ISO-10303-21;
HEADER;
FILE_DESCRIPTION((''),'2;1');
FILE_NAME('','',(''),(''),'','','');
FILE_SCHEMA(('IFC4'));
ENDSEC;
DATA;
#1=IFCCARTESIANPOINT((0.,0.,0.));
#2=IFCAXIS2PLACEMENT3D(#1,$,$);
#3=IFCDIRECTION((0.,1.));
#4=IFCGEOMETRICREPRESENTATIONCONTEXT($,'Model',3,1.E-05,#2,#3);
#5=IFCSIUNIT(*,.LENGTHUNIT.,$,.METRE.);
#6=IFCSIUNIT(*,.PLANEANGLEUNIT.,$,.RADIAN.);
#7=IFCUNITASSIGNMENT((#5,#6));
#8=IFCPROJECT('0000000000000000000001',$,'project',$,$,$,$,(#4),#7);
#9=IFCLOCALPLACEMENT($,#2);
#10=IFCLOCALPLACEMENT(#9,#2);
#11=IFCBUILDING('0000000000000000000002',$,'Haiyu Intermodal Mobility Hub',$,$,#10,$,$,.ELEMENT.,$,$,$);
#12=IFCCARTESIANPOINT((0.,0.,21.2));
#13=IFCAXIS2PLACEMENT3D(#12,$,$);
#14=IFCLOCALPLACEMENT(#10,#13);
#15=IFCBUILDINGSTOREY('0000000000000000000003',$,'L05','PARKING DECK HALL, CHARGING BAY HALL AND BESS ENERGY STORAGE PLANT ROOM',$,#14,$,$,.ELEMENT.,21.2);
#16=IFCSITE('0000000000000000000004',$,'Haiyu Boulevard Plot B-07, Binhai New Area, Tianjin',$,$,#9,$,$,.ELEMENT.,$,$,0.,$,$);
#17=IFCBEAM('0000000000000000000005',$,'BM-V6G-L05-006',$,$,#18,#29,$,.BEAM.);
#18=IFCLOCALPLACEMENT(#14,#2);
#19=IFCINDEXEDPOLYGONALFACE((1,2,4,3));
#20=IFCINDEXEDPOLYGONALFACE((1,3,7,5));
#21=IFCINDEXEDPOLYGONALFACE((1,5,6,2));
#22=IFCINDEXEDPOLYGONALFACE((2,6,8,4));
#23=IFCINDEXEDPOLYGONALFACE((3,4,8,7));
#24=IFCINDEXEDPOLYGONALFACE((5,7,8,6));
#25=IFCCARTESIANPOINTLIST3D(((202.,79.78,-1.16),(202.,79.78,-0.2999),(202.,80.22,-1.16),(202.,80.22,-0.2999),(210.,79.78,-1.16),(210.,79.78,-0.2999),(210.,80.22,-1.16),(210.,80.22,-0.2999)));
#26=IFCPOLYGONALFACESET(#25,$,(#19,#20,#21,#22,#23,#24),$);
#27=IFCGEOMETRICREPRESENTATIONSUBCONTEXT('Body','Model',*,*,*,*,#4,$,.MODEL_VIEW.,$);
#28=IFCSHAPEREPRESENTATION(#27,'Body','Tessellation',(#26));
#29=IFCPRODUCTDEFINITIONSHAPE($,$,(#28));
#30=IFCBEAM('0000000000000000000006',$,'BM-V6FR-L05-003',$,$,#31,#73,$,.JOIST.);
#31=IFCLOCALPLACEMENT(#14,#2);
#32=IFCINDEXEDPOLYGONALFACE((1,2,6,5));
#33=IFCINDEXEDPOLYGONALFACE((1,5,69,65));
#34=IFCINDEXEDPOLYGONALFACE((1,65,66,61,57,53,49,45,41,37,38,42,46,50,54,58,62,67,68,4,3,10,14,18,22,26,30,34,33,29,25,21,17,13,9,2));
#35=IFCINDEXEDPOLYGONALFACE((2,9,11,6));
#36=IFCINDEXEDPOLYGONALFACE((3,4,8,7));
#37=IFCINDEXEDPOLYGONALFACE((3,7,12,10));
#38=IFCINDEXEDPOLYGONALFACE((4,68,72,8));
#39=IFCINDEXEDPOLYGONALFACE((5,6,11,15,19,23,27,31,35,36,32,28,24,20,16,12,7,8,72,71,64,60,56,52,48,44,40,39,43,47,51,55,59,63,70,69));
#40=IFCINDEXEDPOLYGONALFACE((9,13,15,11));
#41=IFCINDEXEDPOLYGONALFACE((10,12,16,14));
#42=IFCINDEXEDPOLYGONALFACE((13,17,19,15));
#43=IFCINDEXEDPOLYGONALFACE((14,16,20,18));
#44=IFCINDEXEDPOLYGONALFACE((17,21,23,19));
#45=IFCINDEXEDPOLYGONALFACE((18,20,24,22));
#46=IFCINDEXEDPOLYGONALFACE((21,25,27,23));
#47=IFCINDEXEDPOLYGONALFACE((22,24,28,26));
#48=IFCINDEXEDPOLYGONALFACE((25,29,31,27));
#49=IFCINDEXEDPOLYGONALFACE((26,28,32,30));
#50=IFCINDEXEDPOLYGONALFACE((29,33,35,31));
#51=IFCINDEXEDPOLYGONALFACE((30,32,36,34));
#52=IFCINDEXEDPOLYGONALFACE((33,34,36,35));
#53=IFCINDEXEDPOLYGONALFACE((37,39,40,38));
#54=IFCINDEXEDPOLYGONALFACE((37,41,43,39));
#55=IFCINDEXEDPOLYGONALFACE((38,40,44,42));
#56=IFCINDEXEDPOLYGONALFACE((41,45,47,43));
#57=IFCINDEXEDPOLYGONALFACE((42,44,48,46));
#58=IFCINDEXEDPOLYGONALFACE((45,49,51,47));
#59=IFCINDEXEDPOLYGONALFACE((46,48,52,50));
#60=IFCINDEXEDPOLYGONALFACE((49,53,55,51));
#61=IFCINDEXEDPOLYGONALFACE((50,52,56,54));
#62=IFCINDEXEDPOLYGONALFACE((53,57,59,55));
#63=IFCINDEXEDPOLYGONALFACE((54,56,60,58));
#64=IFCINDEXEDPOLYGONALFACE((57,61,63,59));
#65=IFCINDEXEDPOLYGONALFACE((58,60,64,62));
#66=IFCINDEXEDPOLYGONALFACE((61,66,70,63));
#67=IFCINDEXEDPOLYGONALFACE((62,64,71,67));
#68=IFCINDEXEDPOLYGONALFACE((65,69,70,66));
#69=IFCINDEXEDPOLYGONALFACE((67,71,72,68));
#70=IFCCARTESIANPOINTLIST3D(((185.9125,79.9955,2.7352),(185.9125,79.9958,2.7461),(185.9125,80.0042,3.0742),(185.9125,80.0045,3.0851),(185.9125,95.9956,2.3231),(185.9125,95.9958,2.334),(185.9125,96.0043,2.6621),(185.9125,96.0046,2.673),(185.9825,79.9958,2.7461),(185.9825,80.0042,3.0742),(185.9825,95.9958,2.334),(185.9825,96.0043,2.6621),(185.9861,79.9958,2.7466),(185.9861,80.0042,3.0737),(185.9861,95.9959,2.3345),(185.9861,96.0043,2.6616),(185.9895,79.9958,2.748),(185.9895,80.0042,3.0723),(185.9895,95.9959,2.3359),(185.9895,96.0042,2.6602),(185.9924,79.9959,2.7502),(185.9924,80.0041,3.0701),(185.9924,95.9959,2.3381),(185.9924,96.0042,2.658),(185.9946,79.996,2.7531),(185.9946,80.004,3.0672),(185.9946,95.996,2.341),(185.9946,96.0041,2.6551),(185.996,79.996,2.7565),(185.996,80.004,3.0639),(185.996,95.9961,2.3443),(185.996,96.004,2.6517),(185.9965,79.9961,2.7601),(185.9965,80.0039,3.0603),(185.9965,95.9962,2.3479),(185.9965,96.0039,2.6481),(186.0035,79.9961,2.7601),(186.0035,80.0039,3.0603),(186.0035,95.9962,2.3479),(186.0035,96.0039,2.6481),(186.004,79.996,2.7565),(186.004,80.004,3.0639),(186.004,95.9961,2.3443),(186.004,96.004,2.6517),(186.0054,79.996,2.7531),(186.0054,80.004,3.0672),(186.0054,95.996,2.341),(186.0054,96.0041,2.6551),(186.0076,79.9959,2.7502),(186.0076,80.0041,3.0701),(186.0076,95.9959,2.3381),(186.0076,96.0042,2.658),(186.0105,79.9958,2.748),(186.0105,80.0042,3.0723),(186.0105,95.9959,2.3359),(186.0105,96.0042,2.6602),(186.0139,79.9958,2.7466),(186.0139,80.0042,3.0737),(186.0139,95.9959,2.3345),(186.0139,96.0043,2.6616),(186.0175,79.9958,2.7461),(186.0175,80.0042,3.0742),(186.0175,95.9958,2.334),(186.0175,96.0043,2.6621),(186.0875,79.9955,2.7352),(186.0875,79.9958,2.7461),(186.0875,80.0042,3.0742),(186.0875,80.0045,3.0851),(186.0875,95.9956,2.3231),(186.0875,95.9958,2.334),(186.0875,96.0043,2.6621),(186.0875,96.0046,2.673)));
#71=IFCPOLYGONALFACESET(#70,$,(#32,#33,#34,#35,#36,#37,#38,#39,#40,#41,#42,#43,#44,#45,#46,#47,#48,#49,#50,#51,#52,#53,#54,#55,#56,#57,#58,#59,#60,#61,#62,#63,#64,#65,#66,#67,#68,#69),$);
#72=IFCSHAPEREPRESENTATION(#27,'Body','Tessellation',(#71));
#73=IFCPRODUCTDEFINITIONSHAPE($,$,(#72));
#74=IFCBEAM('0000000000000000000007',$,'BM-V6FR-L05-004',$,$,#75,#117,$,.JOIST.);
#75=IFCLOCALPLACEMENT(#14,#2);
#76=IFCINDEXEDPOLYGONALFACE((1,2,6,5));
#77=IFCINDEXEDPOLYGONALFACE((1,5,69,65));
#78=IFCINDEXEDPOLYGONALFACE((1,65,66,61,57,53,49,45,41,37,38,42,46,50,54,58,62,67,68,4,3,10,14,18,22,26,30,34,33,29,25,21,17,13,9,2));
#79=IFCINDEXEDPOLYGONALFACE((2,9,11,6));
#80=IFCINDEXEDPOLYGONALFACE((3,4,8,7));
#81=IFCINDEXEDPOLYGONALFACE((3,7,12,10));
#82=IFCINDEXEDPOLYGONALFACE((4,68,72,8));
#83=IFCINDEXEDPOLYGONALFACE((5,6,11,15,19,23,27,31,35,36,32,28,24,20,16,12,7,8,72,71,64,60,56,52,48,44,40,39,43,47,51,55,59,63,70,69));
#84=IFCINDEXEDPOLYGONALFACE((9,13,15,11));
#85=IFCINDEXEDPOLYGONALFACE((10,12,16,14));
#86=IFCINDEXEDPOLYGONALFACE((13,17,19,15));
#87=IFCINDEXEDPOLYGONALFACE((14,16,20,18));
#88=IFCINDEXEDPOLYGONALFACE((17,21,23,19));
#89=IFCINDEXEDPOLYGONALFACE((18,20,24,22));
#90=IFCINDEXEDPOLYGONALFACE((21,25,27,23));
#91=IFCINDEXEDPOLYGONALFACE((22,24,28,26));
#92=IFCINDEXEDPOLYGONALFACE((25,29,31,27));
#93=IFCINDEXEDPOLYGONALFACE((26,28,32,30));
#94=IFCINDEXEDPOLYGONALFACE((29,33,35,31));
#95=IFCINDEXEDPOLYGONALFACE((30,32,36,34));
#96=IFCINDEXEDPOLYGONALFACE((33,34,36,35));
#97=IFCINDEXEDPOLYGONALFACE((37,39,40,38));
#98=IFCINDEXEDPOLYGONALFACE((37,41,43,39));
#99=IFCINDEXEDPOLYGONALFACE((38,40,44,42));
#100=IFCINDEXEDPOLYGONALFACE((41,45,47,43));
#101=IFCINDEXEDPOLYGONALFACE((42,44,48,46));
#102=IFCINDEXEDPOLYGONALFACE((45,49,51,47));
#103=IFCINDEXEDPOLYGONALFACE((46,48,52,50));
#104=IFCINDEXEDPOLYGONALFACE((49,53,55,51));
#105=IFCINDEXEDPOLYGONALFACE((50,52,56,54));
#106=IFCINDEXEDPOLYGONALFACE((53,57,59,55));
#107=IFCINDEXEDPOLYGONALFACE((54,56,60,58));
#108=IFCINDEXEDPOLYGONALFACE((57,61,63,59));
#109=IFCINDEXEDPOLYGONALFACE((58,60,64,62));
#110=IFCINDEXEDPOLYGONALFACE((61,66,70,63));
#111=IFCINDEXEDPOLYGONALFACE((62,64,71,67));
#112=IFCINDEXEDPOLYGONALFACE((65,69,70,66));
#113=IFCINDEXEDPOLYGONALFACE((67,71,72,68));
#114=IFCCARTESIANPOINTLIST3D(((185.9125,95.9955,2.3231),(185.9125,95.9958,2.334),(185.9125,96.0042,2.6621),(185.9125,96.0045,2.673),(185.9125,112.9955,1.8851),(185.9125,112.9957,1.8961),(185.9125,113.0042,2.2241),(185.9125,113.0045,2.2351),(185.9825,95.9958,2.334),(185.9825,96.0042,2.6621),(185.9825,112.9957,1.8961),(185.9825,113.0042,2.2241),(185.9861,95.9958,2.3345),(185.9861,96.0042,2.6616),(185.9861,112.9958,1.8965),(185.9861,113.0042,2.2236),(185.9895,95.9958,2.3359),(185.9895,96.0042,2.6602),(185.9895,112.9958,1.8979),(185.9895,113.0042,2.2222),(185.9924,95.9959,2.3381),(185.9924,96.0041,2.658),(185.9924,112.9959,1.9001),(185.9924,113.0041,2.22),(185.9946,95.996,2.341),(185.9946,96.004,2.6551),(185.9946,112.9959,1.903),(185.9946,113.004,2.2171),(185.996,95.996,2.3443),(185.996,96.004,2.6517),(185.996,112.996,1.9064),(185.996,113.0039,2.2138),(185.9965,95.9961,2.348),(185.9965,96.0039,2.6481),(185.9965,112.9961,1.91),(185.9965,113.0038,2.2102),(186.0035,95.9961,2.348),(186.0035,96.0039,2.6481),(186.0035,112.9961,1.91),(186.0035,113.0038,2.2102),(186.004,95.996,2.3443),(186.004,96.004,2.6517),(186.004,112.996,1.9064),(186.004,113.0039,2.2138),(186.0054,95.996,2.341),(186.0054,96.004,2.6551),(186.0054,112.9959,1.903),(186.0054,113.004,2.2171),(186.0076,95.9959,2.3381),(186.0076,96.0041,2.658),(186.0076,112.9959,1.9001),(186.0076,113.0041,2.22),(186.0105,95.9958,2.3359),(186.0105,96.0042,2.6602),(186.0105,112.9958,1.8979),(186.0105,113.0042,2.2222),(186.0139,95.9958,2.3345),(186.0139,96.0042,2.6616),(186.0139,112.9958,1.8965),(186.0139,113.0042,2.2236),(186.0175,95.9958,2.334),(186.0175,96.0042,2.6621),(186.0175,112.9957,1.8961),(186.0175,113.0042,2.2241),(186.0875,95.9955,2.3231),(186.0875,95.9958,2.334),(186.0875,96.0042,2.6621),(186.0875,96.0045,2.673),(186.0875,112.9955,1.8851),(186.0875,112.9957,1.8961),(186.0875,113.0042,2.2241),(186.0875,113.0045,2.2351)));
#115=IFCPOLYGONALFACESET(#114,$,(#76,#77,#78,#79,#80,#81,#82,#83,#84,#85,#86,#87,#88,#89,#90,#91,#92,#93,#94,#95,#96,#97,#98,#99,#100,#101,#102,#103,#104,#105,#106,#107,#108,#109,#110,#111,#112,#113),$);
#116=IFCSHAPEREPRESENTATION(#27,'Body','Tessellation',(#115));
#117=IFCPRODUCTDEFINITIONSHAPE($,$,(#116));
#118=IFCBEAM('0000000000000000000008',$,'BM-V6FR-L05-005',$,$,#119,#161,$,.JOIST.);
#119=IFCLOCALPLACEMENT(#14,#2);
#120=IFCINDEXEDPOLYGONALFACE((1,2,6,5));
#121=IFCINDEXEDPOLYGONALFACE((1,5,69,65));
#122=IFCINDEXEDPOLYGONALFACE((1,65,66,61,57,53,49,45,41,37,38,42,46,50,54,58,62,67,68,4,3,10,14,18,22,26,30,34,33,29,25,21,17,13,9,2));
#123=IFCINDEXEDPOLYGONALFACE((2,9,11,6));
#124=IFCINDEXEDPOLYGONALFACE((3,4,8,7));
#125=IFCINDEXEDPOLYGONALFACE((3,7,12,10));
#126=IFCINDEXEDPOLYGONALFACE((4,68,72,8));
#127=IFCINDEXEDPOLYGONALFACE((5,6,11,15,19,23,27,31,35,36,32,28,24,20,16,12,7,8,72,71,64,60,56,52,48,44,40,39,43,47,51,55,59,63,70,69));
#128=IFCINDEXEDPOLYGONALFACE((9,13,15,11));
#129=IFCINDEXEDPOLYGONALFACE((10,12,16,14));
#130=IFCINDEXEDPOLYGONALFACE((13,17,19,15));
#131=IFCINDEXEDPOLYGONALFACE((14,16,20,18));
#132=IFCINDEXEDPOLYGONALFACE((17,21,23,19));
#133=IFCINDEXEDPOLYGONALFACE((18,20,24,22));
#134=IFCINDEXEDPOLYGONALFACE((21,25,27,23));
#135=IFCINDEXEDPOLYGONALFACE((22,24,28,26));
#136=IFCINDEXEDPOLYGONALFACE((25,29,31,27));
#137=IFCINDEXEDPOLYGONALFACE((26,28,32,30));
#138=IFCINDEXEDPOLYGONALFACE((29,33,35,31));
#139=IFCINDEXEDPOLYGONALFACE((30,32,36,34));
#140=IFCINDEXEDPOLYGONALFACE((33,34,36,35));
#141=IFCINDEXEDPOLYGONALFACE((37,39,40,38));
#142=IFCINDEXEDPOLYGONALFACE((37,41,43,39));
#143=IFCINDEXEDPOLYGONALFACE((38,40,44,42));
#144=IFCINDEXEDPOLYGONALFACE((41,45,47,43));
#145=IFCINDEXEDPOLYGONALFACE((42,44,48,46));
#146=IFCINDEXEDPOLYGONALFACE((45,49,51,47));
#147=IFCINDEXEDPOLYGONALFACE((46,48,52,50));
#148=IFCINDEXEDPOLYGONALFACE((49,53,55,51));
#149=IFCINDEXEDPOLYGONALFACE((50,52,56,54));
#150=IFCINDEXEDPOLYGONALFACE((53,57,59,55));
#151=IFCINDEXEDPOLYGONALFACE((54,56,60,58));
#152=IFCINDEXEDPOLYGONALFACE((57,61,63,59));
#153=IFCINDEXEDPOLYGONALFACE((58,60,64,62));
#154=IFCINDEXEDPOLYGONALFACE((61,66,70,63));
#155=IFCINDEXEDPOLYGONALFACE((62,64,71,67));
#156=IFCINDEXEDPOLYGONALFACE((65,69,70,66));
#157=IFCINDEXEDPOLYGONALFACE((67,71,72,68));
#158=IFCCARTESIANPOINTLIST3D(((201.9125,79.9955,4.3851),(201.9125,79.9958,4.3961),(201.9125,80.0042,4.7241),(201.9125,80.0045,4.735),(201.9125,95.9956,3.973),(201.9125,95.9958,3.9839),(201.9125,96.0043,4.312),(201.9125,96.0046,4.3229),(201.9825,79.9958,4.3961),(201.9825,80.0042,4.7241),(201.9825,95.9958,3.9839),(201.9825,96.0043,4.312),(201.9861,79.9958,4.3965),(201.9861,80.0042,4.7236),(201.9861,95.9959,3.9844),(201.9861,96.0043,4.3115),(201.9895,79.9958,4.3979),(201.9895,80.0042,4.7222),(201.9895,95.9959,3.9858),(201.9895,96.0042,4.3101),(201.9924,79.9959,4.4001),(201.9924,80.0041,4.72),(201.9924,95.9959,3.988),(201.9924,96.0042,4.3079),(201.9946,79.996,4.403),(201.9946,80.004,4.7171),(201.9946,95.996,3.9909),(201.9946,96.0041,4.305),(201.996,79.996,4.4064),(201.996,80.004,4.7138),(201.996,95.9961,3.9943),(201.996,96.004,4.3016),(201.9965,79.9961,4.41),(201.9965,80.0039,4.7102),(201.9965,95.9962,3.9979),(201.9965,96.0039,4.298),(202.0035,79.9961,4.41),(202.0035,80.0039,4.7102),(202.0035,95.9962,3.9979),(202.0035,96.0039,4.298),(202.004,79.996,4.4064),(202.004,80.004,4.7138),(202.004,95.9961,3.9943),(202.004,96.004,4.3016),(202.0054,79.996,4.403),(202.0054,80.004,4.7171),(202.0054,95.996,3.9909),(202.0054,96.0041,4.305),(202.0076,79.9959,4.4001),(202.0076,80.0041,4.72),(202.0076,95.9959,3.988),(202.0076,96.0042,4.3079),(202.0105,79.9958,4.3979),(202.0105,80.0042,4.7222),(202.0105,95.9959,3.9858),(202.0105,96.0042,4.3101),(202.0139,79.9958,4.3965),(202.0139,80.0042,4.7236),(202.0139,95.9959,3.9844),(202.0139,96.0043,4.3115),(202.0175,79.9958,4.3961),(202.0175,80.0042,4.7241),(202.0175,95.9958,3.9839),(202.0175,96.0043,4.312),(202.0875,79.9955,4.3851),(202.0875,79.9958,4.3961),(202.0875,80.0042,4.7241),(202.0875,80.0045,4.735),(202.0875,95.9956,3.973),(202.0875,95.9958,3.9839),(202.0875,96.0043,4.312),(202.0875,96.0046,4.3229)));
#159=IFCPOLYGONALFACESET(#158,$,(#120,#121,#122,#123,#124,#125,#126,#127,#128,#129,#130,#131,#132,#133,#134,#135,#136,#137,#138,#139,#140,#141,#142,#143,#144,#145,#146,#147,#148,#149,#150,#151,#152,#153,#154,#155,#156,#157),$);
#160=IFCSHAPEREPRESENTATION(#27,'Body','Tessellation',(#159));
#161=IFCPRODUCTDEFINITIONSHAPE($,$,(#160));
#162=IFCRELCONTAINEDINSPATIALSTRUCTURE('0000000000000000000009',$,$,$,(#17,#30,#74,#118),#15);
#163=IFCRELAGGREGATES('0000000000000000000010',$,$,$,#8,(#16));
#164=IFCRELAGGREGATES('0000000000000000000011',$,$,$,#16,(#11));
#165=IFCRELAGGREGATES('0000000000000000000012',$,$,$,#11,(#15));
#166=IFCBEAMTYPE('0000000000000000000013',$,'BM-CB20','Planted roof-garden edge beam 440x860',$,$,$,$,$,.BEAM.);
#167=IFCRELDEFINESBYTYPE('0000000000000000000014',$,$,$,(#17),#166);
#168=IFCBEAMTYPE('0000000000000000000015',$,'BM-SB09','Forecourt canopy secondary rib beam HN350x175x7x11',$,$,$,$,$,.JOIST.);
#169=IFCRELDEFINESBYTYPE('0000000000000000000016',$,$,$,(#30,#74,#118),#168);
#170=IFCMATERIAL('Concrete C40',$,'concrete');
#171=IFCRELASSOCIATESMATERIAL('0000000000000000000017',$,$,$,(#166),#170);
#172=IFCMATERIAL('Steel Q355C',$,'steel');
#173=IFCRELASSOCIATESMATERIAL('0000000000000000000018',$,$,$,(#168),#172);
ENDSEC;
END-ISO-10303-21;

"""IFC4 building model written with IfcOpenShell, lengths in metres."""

from ifc_helpers import new_model, si_unit, direction, frame, origin, origin_2d, place, context, subcontext, project, spatial, rectangle, i_section, extrude, material, material_profile, profile_set, type_object, element, save


model = new_model("IFC4")

# Units and contexts
model_context = context("Model", 3, precision=1e-05, world=origin(), true_north=direction((0.0, 1.0)))
body_context = subcontext(model_context, "Body", "Model", "MODEL_VIEW")
ifc_project = project(units=[si_unit("LENGTHUNIT", "METRE"), si_unit("PLANEANGLEUNIT", "RADIAN")], contexts=[model_context])

# Site, building, storey
site_placement = place(None, origin())
site = spatial("IfcSite", under=ifc_project, at=site_placement, Name="Haiyu Boulevard Plot B-07, Binhai New Area, Tianjin", CompositionType="ELEMENT", RefElevation=0.0)
building_placement = place(site_placement, origin())
building = spatial("IfcBuilding", under=site, at=building_placement, Name="Haiyu Intermodal Mobility Hub", CompositionType="ELEMENT")
storey_placement = place(building_placement, frame((0.0, 0.0, 21.2)))
storey = spatial("IfcBuildingStorey", under=building, at=storey_placement, Name="L05", Description="PARKING DECK HALL, CHARGING BAY HALL AND BESS ENERGY STORAGE PLANT ROOM", CompositionType="ELEMENT", Elevation=21.2)

# Shared definitions
ifc_material_1 = material(Name="Steel Q355C", Category="steel")

# Beams
ifc_material_2 = material(Name="Concrete C40", Category="concrete")
ifc_material_profile_1 = material_profile(ifc_material_2, rectangle(XDim=0.4399, YDim=0.8601, at=origin_2d()), Name="B440x860")
ifc_profile_set_1 = profile_set([ifc_material_profile_1], Name="Concrete C40")
beam_type_1 = type_object("IfcBeamType", Name="BM-CB20", Description="Planted roof-garden edge beam 440x860", PredefinedType="BEAM", material=ifc_profile_set_1)
for number, where, z_axis, x_axis, name in (
    (1, (202.0, 80.0, -0.73), (1.0, 0.0, 0.0), (0.0, 1.0, 0.0), "BM-V6G-L05-006"),
):
    element("IfcBeam", number, at=place(storey_placement, frame(where, z_axis=z_axis, x_axis=x_axis)), inside=storey, type_object=beam_type_1, Name=name, PredefinedType="BEAM", context=body_context, shape_type="SweptSolid", body=[
        extrude(rectangle(XDim=0.4399, YDim=0.8601, at=origin_2d()), origin(), (0.0, 0.0, 1.0), 8.0),
    ])
ifc_material_profile_2 = material_profile(ifc_material_1, i_section(OverallWidth=0.175, OverallDepth=0.3501, WebThickness=0.0071, FlangeThickness=0.011, FilletRadius=0.0139, at=origin_2d()), Name="HN350x175x7x11")
ifc_profile_set_2 = profile_set([ifc_material_profile_2], Name="Steel Q355C")
beam_type_2 = type_object("IfcBeamType", Name="BM-SB09", Description="Forecourt canopy secondary rib beam HN350x175x7x11", PredefinedType="JOIST", material=ifc_profile_set_2)
beam_1_placement = place(storey_placement, frame((186.0, 80.0, 2.9102), z_axis=(0.0, 0.999668, -0.025748), x_axis=(-1.0, 0.0, 0.0)))
element("IfcBeam", 2, at=beam_1_placement, inside=storey, type_object=beam_type_2, Name="BM-V6FR-L05-003", PredefinedType="JOIST", context=body_context, shape_type="SweptSolid", body=[
    extrude(i_section(OverallWidth=0.175, OverallDepth=0.3501, WebThickness=0.0071, FlangeThickness=0.011, FilletRadius=0.0139, at=origin_2d()), origin(), (0.0, 0.0, 1.0), 16.0054),
])
beam_2_placement = place(storey_placement, frame((186.0, 96.0, 2.498), z_axis=(0.0, 0.999668, -0.025755), x_axis=(-1.0, 0.0, 0.0)))
element("IfcBeam", 3, at=beam_2_placement, inside=storey, type_object=beam_type_2, Name="BM-V6FR-L05-004", PredefinedType="JOIST", context=body_context, shape_type="SweptSolid", body=[
    extrude(i_section(OverallWidth=0.175, OverallDepth=0.3501, WebThickness=0.0071, FlangeThickness=0.011, FilletRadius=0.0139, at=origin_2d()), origin(), (0.0, 0.0, 1.0), 17.0056),
])
beam_3_placement = place(storey_placement, frame((202.0, 80.0, 4.5601), z_axis=(0.0, 0.999668, -0.025748), x_axis=(-1.0, 0.0, 0.0)))
element("IfcBeam", 4, at=beam_3_placement, inside=storey, type_object=beam_type_2, Name="BM-V6FR-L05-005", PredefinedType="JOIST", context=body_context, shape_type="SweptSolid", body=[
    extrude(i_section(OverallWidth=0.175, OverallDepth=0.3501, WebThickness=0.0071, FlangeThickness=0.011, FilletRadius=0.0139, at=origin_2d()), origin(), (0.0, 0.0, 1.0), 16.0054),
])

save(model, "model.ifc")
